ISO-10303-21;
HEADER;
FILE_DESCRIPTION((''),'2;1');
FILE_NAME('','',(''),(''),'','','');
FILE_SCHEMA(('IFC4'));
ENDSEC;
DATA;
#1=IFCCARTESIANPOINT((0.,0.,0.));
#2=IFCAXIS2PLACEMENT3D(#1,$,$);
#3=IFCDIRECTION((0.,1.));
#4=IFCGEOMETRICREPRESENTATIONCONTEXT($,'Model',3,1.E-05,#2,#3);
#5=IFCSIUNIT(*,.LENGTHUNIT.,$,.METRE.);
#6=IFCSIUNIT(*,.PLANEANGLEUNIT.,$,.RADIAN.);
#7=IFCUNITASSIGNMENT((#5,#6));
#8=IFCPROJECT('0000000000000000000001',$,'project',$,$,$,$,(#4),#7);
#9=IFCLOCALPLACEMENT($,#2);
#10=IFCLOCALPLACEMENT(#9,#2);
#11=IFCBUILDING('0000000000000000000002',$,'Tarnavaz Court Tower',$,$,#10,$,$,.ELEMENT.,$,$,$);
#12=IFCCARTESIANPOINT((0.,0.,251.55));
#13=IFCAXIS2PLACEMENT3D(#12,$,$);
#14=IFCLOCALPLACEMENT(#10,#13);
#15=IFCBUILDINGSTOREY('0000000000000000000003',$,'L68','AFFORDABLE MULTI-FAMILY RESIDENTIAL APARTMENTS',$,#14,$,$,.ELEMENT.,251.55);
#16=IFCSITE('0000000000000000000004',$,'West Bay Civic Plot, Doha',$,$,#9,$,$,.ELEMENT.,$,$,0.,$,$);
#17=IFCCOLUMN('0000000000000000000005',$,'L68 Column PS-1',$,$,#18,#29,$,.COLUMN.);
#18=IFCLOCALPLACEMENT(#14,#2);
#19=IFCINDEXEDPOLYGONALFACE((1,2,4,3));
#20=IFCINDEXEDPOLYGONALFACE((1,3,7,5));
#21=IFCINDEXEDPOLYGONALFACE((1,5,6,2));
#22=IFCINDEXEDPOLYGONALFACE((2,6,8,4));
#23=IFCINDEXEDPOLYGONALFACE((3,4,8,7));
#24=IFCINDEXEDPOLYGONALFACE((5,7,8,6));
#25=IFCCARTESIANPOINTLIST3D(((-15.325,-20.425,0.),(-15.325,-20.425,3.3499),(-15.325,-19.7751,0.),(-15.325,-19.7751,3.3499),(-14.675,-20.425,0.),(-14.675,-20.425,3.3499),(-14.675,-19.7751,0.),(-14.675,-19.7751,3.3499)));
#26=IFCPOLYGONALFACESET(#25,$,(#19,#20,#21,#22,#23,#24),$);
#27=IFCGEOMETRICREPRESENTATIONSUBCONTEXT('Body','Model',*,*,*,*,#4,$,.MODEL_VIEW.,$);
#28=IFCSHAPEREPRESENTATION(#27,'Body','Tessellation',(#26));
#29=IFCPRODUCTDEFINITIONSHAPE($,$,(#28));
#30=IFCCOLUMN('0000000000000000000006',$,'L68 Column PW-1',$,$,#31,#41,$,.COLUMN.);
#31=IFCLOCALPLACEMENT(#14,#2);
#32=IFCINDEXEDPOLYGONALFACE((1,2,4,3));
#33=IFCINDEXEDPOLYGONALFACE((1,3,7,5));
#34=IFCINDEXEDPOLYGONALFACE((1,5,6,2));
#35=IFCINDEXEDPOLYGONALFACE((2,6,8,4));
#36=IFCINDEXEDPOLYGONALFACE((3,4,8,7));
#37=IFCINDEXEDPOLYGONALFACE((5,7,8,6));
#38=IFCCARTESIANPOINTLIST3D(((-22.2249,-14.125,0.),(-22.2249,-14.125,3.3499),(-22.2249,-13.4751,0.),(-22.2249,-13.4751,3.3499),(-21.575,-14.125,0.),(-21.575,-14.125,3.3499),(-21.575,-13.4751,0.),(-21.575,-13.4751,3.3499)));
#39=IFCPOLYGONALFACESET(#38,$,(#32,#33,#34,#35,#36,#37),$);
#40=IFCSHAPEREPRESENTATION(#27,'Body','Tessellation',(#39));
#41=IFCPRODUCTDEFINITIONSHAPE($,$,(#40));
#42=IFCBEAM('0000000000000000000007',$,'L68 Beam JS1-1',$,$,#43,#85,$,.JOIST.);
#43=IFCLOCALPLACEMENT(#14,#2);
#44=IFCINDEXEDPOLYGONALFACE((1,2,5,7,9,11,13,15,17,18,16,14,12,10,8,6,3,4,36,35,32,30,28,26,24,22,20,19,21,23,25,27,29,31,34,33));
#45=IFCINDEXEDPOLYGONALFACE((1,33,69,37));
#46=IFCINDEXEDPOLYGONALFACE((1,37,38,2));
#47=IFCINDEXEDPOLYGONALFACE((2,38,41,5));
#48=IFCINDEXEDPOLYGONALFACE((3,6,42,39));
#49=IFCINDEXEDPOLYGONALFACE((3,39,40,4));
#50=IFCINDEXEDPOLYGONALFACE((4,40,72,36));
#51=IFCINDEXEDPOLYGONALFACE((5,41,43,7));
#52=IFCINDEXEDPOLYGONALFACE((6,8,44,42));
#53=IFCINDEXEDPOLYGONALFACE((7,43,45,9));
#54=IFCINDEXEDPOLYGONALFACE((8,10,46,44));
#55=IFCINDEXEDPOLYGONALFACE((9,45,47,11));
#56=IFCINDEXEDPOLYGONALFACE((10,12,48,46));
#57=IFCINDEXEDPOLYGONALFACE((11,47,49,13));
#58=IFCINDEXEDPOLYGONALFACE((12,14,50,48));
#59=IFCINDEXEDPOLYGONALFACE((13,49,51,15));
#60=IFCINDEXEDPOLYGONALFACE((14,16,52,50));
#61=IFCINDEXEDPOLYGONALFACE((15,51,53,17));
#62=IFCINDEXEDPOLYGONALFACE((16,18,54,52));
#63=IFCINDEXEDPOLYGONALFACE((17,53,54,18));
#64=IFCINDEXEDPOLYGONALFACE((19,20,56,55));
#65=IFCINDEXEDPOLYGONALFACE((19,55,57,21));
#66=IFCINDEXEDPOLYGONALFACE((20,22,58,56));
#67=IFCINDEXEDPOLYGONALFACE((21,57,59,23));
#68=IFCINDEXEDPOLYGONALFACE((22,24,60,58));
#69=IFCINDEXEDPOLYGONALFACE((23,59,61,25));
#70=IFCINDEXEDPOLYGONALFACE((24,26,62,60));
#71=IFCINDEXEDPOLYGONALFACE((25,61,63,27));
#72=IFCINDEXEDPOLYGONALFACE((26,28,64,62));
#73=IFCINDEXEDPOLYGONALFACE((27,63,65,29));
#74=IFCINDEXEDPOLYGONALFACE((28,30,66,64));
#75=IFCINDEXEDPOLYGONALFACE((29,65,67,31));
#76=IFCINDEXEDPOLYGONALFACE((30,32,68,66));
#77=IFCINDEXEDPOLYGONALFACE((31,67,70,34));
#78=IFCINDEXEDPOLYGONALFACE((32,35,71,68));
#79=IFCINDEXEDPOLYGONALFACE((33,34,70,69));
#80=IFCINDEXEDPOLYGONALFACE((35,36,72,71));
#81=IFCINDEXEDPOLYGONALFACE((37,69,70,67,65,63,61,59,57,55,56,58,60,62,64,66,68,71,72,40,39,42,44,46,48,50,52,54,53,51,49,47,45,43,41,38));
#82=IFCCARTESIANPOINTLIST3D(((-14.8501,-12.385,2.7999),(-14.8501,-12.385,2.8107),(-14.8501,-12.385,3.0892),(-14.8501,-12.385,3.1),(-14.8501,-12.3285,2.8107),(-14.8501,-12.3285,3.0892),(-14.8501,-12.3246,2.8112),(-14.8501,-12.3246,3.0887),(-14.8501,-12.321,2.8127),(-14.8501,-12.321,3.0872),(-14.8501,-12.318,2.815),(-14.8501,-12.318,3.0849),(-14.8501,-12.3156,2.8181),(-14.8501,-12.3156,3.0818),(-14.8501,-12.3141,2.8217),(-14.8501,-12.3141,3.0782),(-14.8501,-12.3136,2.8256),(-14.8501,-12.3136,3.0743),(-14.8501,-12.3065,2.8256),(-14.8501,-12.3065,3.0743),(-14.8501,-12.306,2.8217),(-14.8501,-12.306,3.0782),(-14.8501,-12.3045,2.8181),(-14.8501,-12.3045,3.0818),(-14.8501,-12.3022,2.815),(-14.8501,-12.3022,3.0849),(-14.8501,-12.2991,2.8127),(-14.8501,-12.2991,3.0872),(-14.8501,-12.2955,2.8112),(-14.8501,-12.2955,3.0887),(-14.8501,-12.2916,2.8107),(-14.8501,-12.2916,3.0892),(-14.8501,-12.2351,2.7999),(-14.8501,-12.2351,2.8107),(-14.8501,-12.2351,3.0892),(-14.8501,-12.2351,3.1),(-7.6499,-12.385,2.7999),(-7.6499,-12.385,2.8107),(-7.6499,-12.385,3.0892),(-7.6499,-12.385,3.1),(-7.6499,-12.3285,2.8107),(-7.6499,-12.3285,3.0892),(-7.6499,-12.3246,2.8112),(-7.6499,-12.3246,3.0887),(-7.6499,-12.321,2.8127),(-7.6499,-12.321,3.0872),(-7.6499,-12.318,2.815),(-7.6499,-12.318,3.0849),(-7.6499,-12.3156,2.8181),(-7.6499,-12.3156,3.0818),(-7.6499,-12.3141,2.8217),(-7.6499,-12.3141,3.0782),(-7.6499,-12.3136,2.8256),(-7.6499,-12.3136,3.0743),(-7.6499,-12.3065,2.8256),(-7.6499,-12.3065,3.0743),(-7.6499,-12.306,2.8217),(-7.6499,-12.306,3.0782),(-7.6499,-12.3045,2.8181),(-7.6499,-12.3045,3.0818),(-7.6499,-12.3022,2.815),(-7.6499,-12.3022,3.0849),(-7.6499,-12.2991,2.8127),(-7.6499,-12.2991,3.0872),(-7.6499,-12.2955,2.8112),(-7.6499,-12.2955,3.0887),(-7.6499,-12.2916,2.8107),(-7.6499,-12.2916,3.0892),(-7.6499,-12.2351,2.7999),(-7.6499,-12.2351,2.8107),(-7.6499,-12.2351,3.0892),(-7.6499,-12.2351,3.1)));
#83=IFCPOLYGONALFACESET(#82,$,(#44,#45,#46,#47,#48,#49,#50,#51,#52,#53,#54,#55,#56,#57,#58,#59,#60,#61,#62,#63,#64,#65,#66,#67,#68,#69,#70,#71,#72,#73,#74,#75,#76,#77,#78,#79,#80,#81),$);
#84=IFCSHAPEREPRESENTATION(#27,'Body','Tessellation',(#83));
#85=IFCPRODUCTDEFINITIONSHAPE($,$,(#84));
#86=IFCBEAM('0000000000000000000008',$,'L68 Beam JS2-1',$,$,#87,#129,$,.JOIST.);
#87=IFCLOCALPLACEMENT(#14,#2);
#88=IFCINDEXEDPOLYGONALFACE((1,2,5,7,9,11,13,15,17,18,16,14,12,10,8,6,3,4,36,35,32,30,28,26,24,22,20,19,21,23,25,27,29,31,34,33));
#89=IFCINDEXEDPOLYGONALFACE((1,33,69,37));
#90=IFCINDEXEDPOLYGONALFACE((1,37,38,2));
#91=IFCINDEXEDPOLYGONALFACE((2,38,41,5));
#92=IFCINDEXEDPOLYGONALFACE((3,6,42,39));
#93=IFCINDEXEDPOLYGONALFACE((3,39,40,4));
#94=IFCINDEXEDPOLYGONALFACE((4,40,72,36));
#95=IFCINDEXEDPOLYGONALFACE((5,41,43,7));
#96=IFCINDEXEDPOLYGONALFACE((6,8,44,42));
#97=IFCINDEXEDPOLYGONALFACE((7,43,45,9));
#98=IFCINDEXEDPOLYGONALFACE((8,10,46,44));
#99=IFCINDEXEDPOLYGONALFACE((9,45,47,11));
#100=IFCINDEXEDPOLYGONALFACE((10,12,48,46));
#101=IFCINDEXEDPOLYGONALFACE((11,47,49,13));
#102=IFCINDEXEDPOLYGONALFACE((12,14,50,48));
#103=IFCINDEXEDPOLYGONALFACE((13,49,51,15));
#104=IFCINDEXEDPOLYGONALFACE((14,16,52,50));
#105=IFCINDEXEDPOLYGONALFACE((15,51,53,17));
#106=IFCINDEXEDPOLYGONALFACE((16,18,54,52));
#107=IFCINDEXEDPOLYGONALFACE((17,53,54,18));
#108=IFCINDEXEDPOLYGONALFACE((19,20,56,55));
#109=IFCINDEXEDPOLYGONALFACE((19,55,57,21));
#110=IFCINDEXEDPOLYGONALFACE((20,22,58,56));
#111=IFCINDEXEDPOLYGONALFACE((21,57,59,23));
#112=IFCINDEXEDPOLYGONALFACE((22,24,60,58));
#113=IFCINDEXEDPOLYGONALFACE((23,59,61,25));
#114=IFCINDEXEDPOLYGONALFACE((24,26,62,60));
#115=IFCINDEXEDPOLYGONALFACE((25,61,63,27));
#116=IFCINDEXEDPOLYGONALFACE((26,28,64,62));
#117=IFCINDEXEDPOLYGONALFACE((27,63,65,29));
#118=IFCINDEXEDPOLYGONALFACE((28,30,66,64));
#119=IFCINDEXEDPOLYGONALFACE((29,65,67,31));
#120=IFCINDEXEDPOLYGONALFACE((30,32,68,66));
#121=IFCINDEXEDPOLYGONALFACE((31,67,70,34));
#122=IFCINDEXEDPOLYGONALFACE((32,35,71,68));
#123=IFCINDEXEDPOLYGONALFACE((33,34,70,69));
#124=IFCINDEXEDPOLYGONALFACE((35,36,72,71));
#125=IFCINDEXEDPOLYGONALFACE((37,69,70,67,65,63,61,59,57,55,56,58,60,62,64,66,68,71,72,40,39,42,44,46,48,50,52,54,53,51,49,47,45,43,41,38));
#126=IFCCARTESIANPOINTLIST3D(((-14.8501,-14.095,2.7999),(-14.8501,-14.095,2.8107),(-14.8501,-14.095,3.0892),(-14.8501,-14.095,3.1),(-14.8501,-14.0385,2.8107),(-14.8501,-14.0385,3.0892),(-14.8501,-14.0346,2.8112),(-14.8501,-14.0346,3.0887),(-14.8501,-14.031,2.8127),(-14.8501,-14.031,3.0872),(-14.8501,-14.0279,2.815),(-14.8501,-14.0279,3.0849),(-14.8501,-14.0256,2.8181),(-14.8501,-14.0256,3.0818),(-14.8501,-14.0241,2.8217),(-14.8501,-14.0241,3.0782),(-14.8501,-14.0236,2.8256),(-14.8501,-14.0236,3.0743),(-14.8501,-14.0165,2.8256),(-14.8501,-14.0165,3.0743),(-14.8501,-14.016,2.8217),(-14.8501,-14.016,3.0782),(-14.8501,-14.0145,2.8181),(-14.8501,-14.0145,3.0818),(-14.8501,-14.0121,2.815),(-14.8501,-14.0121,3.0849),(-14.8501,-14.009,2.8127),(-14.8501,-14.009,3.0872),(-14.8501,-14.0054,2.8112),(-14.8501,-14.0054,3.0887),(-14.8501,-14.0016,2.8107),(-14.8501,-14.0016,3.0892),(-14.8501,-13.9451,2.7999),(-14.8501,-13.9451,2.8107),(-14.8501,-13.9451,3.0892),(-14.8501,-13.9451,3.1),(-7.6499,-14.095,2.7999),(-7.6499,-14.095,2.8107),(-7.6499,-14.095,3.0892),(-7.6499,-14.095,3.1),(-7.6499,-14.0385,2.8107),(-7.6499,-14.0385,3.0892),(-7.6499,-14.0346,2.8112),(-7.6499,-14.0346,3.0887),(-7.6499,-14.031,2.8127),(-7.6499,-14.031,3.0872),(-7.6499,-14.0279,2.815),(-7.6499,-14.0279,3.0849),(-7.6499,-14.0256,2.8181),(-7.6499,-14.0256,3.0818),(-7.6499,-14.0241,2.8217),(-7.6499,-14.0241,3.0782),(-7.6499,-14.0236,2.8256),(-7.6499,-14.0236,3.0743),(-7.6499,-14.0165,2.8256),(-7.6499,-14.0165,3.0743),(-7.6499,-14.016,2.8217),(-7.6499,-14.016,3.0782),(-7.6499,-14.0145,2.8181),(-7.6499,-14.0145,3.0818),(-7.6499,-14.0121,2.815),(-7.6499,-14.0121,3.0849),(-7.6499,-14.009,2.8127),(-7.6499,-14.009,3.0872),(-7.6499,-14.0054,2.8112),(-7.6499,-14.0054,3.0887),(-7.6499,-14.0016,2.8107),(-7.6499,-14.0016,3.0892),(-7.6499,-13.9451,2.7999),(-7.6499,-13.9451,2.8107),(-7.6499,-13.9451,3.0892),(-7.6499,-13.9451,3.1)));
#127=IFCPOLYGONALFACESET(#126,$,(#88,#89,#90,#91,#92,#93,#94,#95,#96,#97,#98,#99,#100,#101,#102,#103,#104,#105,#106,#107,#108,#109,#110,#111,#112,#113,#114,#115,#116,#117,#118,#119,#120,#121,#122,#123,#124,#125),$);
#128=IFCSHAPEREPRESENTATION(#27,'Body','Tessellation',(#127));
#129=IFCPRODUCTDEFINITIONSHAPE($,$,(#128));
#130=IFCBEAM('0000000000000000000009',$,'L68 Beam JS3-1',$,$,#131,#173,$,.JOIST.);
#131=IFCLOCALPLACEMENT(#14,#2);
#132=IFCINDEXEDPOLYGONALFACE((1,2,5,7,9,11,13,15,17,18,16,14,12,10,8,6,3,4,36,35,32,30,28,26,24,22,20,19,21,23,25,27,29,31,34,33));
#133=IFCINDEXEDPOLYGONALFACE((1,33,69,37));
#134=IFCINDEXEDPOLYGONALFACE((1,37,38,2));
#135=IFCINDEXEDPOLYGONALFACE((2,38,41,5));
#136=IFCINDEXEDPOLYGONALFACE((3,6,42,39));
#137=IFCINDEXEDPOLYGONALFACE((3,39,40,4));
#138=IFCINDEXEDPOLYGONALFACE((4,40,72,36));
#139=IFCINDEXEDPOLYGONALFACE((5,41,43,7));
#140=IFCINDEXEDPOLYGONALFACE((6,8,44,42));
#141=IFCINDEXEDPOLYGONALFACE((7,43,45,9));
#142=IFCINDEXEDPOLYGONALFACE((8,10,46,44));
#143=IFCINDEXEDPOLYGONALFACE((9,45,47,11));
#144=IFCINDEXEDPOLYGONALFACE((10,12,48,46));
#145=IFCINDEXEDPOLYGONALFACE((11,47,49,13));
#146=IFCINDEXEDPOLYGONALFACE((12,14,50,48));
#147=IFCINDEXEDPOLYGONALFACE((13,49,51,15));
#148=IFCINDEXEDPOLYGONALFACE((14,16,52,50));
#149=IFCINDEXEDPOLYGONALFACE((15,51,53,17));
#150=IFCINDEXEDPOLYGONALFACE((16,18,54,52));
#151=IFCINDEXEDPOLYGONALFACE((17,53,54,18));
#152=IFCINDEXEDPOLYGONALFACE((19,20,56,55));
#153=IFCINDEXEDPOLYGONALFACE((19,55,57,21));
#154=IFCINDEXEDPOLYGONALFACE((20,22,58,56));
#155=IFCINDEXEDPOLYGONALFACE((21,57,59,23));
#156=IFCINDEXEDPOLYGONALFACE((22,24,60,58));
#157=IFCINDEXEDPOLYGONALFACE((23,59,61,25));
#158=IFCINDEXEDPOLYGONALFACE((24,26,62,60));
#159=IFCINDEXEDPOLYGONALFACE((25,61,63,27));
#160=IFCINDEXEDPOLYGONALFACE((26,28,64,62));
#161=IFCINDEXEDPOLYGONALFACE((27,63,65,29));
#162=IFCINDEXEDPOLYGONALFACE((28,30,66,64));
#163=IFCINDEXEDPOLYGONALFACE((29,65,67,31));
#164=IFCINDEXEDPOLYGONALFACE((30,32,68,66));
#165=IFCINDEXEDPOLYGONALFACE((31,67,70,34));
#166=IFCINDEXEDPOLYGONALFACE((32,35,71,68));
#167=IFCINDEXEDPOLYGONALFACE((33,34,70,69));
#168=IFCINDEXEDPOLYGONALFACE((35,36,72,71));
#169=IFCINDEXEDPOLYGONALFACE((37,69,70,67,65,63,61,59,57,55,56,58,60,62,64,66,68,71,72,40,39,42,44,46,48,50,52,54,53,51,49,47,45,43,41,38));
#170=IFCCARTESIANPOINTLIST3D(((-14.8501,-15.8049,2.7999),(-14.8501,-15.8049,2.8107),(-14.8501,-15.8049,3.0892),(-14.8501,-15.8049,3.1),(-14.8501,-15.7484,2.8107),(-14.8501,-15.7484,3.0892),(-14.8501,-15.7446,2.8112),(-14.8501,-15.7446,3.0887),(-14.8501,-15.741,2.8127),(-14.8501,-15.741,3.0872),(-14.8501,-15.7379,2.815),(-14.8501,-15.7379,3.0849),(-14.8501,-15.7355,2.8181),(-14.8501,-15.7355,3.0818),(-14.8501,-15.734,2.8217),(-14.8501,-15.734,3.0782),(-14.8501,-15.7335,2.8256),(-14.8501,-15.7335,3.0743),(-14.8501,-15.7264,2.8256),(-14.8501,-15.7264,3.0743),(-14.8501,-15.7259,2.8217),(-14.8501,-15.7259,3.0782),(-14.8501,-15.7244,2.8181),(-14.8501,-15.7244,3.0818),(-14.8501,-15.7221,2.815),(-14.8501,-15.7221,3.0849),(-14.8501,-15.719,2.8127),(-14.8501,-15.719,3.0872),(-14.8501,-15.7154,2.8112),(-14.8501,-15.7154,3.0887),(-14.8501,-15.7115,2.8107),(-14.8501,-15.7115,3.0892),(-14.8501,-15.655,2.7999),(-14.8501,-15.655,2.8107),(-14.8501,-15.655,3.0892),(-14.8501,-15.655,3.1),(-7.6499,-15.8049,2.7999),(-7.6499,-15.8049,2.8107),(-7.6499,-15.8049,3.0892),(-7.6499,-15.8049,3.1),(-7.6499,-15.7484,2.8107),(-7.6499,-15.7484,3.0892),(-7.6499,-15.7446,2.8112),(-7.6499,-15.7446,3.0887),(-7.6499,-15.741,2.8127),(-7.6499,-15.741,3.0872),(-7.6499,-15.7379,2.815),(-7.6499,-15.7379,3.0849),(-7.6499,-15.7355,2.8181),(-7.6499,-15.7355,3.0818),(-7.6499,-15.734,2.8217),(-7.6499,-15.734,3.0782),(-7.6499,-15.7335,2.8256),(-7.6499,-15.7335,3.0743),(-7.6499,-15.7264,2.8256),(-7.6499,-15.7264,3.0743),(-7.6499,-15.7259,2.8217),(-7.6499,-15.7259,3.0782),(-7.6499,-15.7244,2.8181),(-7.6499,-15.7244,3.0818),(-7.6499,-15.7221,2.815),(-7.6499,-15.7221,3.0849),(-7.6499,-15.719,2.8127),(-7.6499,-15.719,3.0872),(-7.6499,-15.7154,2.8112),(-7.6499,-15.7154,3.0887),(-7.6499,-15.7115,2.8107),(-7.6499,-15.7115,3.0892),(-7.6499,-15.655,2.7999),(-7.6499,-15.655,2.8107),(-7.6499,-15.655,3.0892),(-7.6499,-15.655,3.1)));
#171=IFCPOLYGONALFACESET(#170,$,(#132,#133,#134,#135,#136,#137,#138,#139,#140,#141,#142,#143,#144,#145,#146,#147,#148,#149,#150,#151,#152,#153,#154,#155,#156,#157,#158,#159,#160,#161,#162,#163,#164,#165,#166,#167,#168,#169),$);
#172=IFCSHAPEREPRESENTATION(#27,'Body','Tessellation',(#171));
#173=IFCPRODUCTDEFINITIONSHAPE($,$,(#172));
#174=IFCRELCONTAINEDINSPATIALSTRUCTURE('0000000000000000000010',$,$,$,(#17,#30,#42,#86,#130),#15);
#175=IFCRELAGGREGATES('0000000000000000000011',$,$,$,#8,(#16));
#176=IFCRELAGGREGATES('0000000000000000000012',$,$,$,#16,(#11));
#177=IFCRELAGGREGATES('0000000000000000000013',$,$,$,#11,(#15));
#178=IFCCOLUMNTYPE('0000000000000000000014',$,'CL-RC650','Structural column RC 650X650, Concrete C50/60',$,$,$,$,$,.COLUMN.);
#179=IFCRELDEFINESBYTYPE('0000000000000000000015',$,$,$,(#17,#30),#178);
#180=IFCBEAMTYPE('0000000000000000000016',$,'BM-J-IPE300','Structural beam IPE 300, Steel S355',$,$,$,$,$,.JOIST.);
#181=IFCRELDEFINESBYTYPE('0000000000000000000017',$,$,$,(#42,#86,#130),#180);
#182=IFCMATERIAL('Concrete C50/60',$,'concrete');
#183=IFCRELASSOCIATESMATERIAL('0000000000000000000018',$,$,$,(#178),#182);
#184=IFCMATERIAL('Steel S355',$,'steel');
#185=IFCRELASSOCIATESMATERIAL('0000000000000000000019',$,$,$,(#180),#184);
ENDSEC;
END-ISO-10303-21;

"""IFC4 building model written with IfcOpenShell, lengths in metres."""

from ifc_helpers import new_model, si_unit, direction, frame, origin, origin_2d, place, context, subcontext, project, spatial, rectangle, i_section, extrude, material, material_profile, profile_set, type_object, element, save


model = new_model("IFC4")

# Units and contexts
model_context = context("Model", 3, precision=1e-05, world=origin(), true_north=direction((0.0, 1.0)))
body_context = subcontext(model_context, "Body", "Model", "MODEL_VIEW")
ifc_project = project(units=[si_unit("LENGTHUNIT", "METRE"), si_unit("PLANEANGLEUNIT", "RADIAN")], contexts=[model_context])

# Site, building, storey
site_placement = place(None, origin())
site = spatial("IfcSite", under=ifc_project, at=site_placement, Name="West Bay Civic Plot, Doha", CompositionType="ELEMENT", RefElevation=0.0)
building_placement = place(site_placement, origin())
building = spatial("IfcBuilding", under=site, at=building_placement, Name="Tarnavaz Court Tower", CompositionType="ELEMENT")
storey_placement = place(building_placement, frame((0.0, 0.0, 251.55)))
storey = spatial("IfcBuildingStorey", under=building, at=storey_placement, Name="L68", Description="AFFORDABLE MULTI-FAMILY RESIDENTIAL APARTMENTS", CompositionType="ELEMENT", Elevation=251.55)

# Columns
ifc_material_1 = material(Name="Concrete C50/60", Category="concrete")
ifc_material_profile_1 = material_profile(ifc_material_1, rectangle(XDim=0.6499, YDim=0.6499, at=origin_2d()), Name="RC 650X650")
ifc_profile_set_1 = profile_set([ifc_material_profile_1], Name="Concrete C50/60")
column_type = type_object("IfcColumnType", Name="CL-RC650", Description="Structural column RC 650X650, Concrete C50/60", PredefinedType="COLUMN", material=ifc_profile_set_1)
for number, where, z_axis, x_axis, name in (
    (1, (-15.0, -20.1001, 0.0), (0.0, 0.0, 1.0), (1.0, 0.0, 0.0), "L68 Column PS-1"),
    (2, (-21.8999, -13.8, 0.0), (0.0, 0.0, 1.0), (1.0, 0.0, 0.0), "L68 Column PW-1"),
):
    element("IfcColumn", number, at=place(storey_placement, frame(where, z_axis=z_axis, x_axis=x_axis)), inside=storey, type_object=column_type, Name=name, PredefinedType="COLUMN", context=body_context, shape_type="SweptSolid", body=[
        extrude(rectangle(XDim=0.6499, YDim=0.6499, at=origin_2d()), origin(), (0.0, 0.0, 1.0), 3.3499),
    ])

# Beams
ifc_material_2 = material(Name="Steel S355", Category="steel")
ifc_material_profile_2 = material_profile(ifc_material_2, i_section(OverallWidth=0.1499, OverallDepth=0.3, WebThickness=0.0071, FlangeThickness=0.0107, FilletRadius=0.0149, at=origin_2d()), Name="IPE 300")
ifc_profile_set_2 = profile_set([ifc_material_profile_2], Name="Steel S355")
beam_type_1 = type_object("IfcBeamType", Name="BM-J-IPE300", Description="Structural beam IPE 300, Steel S355", PredefinedType="JOIST", material=ifc_profile_set_2)
for number, where, z_axis, x_axis, name in (
    (3, (-14.8501, -12.3101, 2.95), (1.0, 0.0, 0.0), (0.0, 1.0, 0.0), "L68 Beam JS1-1"),
    (4, (-14.8501, -14.02, 2.95), (1.0, 0.0, 0.0), (0.0, 1.0, 0.0), "L68 Beam JS2-1"),
    (5, (-14.8501, -15.73, 2.95), (1.0, 0.0, 0.0), (0.0, 1.0, 0.0), "L68 Beam JS3-1"),
):
    element("IfcBeam", number, at=place(storey_placement, frame(where, z_axis=z_axis, x_axis=x_axis)), inside=storey, type_object=beam_type_1, Name=name, PredefinedType="JOIST", context=body_context, shape_type="SweptSolid", body=[
        extrude(i_section(OverallWidth=0.1499, OverallDepth=0.3, WebThickness=0.0071, FlangeThickness=0.0107, FilletRadius=0.0149, at=origin_2d()), origin(), (0.0, 0.0, 1.0), 7.2002),
    ])

save(model, "model.ifc")
